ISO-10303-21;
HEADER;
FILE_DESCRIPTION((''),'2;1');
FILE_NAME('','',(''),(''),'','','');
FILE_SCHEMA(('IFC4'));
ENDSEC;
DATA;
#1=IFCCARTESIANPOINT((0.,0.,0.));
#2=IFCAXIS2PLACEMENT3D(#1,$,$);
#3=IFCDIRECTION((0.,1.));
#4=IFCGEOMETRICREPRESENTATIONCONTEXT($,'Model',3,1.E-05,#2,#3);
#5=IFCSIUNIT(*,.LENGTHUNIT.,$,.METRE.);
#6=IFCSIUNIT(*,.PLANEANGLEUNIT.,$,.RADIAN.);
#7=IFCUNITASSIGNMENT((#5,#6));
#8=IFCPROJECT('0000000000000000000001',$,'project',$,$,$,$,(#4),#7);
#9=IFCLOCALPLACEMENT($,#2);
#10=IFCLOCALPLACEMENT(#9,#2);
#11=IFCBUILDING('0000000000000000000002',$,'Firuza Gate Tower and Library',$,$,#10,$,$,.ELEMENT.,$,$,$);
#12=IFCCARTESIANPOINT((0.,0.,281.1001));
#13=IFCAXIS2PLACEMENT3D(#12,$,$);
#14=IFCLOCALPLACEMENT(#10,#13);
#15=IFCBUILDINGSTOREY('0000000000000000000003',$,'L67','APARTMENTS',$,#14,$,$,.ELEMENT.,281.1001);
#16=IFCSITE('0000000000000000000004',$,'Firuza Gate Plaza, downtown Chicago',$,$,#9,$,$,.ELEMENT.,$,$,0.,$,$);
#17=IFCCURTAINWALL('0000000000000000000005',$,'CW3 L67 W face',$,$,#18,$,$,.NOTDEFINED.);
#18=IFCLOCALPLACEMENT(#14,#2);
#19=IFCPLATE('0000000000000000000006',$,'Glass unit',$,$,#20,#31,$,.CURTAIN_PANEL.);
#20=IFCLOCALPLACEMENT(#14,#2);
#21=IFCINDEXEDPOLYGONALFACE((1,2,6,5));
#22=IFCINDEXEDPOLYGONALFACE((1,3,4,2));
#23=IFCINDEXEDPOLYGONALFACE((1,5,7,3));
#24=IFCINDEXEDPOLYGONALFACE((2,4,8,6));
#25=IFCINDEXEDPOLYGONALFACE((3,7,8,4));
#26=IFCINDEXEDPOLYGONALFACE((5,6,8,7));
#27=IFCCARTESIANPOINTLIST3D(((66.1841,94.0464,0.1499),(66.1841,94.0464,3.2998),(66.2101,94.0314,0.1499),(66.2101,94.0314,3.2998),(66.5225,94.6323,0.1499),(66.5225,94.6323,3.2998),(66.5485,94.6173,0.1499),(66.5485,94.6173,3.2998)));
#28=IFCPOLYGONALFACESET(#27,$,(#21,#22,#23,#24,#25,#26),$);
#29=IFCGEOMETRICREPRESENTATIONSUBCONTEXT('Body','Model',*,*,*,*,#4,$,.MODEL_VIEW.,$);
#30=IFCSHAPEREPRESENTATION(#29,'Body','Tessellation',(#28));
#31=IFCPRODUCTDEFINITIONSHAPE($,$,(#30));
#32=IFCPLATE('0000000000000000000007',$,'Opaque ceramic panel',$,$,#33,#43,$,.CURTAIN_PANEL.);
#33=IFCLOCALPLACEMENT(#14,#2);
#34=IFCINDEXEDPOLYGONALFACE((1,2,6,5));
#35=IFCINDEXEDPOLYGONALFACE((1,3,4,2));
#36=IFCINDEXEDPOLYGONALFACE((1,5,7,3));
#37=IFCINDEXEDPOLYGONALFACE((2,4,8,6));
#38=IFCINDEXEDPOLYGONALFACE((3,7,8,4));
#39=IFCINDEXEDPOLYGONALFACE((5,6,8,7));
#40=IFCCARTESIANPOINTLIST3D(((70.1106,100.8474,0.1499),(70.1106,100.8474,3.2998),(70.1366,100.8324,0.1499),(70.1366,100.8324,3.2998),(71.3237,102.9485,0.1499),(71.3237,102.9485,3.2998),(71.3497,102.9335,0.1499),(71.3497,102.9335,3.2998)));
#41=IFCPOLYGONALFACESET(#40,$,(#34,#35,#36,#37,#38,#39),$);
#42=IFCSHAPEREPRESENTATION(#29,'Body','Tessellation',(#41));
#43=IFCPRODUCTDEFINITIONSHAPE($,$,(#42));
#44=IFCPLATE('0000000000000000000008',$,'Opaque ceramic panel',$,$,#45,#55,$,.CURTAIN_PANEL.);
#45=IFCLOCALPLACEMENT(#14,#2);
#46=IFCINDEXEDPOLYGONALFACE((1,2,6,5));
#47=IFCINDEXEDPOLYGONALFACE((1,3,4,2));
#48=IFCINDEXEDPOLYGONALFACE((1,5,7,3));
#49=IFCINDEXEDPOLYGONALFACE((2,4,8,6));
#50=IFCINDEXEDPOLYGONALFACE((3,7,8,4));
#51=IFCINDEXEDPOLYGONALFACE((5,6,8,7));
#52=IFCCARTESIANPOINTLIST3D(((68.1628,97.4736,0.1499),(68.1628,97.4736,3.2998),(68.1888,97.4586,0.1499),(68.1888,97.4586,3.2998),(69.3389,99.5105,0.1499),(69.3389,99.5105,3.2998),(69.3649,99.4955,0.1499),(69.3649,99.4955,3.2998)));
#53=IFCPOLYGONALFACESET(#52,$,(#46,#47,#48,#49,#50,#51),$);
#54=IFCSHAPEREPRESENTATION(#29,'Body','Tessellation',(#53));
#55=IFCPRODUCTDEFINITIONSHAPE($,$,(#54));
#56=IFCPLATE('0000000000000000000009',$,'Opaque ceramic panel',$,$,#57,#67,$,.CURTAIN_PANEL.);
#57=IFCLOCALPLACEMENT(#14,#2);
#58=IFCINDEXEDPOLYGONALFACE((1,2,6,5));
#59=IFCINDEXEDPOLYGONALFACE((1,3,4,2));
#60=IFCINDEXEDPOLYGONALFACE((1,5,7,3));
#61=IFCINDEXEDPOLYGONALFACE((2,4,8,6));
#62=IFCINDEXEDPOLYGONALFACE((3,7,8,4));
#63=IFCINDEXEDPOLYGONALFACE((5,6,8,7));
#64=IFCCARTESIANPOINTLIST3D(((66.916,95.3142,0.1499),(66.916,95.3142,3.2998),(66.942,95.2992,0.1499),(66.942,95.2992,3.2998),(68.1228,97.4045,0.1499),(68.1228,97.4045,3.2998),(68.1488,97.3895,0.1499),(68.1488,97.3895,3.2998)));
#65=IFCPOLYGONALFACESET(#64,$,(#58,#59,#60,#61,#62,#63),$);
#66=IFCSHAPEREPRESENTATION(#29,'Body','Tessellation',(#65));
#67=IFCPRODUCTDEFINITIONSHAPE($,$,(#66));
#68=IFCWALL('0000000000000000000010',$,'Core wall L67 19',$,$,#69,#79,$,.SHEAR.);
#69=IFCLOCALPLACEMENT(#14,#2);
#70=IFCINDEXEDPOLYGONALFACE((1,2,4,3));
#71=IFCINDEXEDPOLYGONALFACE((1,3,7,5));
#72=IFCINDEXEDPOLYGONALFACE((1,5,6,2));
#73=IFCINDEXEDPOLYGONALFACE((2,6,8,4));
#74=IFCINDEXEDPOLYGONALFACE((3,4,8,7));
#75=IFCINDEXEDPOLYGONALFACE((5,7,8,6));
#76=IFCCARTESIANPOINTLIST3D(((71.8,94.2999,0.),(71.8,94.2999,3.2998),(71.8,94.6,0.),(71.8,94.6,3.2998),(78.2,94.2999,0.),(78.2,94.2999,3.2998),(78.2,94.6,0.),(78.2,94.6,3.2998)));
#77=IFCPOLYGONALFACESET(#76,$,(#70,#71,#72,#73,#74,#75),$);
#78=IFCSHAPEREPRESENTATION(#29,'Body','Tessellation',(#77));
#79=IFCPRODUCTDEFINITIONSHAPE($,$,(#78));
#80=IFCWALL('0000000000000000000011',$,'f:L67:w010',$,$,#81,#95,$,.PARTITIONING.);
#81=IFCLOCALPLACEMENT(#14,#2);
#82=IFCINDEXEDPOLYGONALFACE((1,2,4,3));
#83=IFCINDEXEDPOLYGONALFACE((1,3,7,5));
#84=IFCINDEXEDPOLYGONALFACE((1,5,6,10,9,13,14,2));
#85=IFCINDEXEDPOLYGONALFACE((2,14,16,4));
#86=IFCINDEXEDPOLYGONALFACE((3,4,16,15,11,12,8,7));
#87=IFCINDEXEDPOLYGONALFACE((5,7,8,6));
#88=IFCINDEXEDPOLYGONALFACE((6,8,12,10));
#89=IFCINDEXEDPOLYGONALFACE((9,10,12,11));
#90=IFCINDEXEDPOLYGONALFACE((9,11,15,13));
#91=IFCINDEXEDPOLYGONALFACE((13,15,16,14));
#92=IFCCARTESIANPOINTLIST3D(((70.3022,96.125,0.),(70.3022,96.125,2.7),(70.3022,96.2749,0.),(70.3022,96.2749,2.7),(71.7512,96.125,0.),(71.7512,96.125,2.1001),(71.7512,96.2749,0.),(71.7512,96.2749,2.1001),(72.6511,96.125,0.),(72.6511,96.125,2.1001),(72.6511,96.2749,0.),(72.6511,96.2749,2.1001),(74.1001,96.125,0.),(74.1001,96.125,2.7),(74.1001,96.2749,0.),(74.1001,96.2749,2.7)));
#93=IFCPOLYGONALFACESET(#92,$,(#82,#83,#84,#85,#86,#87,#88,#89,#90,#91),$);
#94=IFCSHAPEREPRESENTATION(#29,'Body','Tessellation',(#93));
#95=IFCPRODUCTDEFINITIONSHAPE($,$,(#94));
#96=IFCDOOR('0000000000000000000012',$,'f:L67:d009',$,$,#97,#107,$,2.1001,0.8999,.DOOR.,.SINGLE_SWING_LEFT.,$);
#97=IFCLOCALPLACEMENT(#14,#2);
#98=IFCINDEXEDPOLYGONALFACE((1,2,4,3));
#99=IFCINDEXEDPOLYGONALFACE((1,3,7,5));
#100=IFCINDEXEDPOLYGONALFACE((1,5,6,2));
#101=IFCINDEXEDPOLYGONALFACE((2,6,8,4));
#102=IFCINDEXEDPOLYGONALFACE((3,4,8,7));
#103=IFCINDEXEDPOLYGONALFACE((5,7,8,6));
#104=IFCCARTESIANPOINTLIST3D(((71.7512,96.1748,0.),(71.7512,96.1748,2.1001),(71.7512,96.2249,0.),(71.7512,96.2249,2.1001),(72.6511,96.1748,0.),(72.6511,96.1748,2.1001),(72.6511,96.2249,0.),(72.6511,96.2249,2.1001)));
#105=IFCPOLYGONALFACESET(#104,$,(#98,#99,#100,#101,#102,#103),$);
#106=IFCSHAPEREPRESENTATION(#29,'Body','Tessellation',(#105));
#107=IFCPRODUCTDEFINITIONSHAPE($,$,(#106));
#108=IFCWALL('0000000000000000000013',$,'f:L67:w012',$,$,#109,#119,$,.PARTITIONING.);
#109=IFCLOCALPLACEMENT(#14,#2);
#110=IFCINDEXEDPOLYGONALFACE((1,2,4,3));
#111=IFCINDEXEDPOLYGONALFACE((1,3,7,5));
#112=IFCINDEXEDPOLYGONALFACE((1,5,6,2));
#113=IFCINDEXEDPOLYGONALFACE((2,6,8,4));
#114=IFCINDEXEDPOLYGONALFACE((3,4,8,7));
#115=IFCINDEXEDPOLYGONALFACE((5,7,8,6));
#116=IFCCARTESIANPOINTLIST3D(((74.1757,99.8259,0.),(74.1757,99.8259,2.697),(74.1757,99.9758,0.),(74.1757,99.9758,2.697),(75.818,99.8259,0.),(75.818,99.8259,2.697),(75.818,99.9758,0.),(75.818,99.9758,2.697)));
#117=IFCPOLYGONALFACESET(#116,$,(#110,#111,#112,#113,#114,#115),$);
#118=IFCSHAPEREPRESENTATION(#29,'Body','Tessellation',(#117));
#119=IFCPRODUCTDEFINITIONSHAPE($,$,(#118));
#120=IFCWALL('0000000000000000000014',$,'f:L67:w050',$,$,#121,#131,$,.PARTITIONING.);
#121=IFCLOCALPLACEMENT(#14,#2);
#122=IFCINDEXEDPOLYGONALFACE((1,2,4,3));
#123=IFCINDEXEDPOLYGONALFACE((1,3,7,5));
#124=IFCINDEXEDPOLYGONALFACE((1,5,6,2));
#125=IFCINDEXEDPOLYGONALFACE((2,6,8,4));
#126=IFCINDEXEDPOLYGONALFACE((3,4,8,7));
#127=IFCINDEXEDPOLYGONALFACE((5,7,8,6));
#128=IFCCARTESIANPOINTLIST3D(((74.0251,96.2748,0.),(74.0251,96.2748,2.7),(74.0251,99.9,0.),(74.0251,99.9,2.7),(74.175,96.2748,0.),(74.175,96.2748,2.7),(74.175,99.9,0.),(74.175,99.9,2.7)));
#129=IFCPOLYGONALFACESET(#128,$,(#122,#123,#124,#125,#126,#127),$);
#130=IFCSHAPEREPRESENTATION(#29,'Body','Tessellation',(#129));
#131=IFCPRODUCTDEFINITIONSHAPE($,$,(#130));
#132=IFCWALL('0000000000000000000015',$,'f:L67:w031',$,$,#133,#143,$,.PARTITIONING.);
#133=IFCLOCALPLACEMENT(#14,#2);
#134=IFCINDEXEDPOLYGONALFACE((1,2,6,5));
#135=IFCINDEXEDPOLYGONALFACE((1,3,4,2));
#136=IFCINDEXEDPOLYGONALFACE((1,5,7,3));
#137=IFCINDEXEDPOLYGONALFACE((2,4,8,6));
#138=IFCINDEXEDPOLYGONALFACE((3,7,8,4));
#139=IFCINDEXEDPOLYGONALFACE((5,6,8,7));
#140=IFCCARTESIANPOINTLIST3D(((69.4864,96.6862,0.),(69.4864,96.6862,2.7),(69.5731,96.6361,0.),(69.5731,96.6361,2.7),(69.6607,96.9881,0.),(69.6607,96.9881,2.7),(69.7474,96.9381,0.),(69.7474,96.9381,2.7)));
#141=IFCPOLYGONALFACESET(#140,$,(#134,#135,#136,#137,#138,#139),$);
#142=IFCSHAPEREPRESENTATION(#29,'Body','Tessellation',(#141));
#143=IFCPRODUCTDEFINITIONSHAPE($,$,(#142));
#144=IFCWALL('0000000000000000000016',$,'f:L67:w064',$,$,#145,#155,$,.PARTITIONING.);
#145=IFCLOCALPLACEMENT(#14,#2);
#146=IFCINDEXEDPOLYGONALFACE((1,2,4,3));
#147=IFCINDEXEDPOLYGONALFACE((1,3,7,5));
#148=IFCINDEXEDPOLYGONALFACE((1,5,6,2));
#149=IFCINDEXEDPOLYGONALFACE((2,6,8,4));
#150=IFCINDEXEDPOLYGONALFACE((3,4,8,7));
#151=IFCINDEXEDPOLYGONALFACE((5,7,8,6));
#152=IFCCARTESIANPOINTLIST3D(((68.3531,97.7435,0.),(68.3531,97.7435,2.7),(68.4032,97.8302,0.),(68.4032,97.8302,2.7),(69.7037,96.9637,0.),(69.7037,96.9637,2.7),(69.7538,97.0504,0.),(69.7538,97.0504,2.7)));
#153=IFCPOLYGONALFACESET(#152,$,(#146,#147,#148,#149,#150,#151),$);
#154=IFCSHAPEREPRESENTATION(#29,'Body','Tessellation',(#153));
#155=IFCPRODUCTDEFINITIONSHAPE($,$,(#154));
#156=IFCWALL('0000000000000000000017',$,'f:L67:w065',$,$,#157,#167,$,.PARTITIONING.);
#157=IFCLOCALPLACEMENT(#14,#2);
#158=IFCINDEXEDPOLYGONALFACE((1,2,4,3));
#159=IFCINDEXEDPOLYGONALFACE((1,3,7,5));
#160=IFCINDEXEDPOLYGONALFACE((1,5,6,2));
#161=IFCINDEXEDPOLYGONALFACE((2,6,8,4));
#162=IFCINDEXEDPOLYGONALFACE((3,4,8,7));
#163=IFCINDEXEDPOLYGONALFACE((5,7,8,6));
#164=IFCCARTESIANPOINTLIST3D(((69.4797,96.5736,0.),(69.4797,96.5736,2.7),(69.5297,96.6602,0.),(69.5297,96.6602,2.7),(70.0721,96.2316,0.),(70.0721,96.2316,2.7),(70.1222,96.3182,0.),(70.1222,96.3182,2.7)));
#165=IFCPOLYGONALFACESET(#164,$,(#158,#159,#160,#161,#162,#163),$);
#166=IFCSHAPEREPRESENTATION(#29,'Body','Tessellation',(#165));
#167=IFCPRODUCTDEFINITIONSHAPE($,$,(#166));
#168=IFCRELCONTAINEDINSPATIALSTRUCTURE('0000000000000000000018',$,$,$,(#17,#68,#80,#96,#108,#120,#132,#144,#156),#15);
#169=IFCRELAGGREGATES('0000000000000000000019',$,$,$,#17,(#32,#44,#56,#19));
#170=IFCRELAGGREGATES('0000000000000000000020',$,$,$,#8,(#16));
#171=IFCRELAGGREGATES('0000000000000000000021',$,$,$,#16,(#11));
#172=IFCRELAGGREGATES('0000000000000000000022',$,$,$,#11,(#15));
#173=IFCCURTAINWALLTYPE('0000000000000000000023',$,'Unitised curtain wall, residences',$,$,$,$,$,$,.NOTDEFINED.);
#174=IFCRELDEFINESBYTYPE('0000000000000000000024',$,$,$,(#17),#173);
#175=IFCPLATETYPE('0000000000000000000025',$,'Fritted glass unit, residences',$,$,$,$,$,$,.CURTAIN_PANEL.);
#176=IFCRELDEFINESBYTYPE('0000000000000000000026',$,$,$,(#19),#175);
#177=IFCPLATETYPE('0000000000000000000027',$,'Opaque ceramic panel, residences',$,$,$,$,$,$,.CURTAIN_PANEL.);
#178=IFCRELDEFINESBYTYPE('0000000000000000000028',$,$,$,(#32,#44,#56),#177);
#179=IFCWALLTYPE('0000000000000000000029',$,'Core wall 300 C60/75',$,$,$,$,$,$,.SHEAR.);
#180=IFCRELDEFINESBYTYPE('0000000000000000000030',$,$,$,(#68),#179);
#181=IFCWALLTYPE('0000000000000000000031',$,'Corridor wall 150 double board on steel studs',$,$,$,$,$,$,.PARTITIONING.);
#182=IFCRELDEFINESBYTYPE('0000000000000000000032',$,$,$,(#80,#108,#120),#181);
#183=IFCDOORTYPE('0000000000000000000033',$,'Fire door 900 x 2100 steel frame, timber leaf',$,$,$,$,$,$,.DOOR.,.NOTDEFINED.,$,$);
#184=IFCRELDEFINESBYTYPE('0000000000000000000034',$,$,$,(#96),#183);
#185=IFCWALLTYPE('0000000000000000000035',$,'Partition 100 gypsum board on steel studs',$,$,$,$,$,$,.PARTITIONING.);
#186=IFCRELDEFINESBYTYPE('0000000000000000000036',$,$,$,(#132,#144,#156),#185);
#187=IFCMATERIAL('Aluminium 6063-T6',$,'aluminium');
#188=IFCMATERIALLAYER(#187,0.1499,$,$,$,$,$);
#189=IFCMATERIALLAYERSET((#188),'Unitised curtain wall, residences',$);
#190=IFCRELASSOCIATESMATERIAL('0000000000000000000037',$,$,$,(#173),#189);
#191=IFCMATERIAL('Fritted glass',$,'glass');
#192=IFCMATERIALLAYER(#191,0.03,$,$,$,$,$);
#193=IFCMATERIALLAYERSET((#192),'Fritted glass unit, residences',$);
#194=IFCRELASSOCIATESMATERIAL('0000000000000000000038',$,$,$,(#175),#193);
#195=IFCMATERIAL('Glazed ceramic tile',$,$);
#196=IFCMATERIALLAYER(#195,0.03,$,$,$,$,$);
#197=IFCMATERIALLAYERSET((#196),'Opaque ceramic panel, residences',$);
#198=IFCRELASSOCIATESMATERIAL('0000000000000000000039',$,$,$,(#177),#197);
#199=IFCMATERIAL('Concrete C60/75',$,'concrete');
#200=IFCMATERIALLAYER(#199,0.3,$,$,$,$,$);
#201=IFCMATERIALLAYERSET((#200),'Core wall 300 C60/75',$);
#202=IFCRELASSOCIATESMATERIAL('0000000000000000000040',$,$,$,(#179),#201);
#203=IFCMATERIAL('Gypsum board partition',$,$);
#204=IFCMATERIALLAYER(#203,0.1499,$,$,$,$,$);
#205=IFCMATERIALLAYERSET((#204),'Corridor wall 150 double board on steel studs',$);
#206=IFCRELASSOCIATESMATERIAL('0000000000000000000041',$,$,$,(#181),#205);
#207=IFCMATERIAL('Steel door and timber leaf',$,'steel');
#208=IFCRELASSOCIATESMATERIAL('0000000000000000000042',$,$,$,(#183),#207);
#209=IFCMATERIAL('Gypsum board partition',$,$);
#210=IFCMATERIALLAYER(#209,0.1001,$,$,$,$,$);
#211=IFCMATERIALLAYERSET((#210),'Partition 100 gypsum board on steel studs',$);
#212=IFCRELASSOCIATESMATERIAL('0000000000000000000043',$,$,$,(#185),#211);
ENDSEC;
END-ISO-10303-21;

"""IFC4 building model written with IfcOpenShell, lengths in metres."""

from ifc_helpers import new_model, si_unit, direction, frame, frame_2d, origin, place, context, subcontext, project, spatial, polyline, rectangle, outline, extrude, material, layer, layer_set, type_object, element, fill, aggregate, save


model = new_model("IFC4")

# Units and contexts
model_context = context("Model", 3, precision=1e-05, world=origin(), true_north=direction((0.0, 1.0)))
body_context = subcontext(model_context, "Body", "Model", "MODEL_VIEW")
ifc_project = project(units=[si_unit("LENGTHUNIT", "METRE"), si_unit("PLANEANGLEUNIT", "RADIAN")], contexts=[model_context])

# Site, building, storey
site_placement = place(None, origin())
site = spatial("IfcSite", under=ifc_project, at=site_placement, Name="Firuza Gate Plaza, downtown Chicago", CompositionType="ELEMENT", RefElevation=0.0)
building_placement = place(site_placement, origin())
building = spatial("IfcBuilding", under=site, at=building_placement, Name="Firuza Gate Tower and Library", CompositionType="ELEMENT")
storey_placement = place(building_placement, frame((0.0, 0.0, 281.1001)))
storey = spatial("IfcBuildingStorey", under=building, at=storey_placement, Name="L67", Description="APARTMENTS", CompositionType="ELEMENT", Elevation=281.1001)

# Curtain wall
ifc_material_1 = material(Name="Aluminium 6063-T6", Category="aluminium")
ifc_layer_1 = layer(ifc_material_1, 0.1499)
ifc_layer_set_1 = layer_set([ifc_layer_1], Name="Unitised curtain wall, residences")
curtain_wall_type_1 = type_object("IfcCurtainWallType", Name="Unitised curtain wall, residences", PredefinedType="NOTDEFINED", material=ifc_layer_set_1)
placement = place(storey_placement, origin())
curtain_wall_1 = element("IfcCurtainWall", 1, at=placement, inside=storey, type_object=curtain_wall_type_1, Name="CW3 L67 W face", PredefinedType="NOTDEFINED")

# Plates
ifc_material_2 = material(Name="Fritted glass", Category="glass")
ifc_layer_2 = layer(ifc_material_2, 0.03)
ifc_layer_set_2 = layer_set([ifc_layer_2], Name="Fritted glass unit, residences")
plate_type_1 = type_object("IfcPlateType", Name="Fritted glass unit, residences", PredefinedType="CURTAIN_PANEL", material=ifc_layer_set_2)
plate_1_placement = place(storey_placement, frame((66.5225, 94.6323, 0.1499), z_axis=(-0.865969, 0.500097, 0.0), x_axis=(-0.500097, -0.865969, 0.0)))
plate_1 = element("IfcPlate", 2, at=plate_1_placement, type_object=plate_type_1, Name="Glass unit", PredefinedType="CURTAIN_PANEL", context=body_context, shape_type="SweptSolid", body=[
    extrude(outline(polyline([(0.0, 0.0), (0.6766, 0.0), (0.6766, 3.1499), (0.0, 3.1499), (0.0, 0.0)])), origin(), (0.0, 0.0, -1.0), 0.03),
])
ifc_material_3 = material(Name="Glazed ceramic tile")
ifc_layer_3 = layer(ifc_material_3, 0.03)
ifc_layer_set_3 = layer_set([ifc_layer_3], Name="Opaque ceramic panel, residences")
plate_type_2 = type_object("IfcPlateType", Name="Opaque ceramic panel, residences", PredefinedType="CURTAIN_PANEL", material=ifc_layer_set_3)
plate_2_placement = place(storey_placement, frame((71.3237, 102.9485, 0.1499), z_axis=(-0.866011, 0.500024, 0.0), x_axis=(-0.500024, -0.866011, 0.0)))
plate_2 = element("IfcPlate", 3, at=plate_2_placement, type_object=plate_type_2, Name="Opaque ceramic panel", PredefinedType="CURTAIN_PANEL", context=body_context, shape_type="SweptSolid", body=[
    extrude(outline(polyline([(0.0, 0.0), (2.4262, 0.0), (2.4262, 3.1499), (0.0, 3.1499), (0.0, 0.0)])), origin(), (0.0, 0.0, -1.0), 0.03),
])
plate_3_placement = place(storey_placement, frame((69.3389, 99.5105, 0.1499), z_axis=(-0.866018, 0.500013, 0.0), x_axis=(-0.500013, -0.866018, 0.0)))
plate_3 = element("IfcPlate", 4, at=plate_3_placement, type_object=plate_type_2, Name="Opaque ceramic panel", PredefinedType="CURTAIN_PANEL", context=body_context, shape_type="SweptSolid", body=[
    extrude(outline(polyline([(0.0, 0.0), (2.352, 0.0), (2.352, 3.1499), (0.0, 3.1499), (0.0, 0.0)])), origin(), (0.0, 0.0, -1.0), 0.03),
])
plate_4_placement = place(storey_placement, frame((68.1228, 97.4045, 0.1499), z_axis=(-0.866037, 0.499979, 0.0), x_axis=(-0.499979, -0.866037, 0.0)))
plate_4 = element("IfcPlate", 5, at=plate_4_placement, type_object=plate_type_2, Name="Opaque ceramic panel", PredefinedType="CURTAIN_PANEL", context=body_context, shape_type="SweptSolid", body=[
    extrude(outline(polyline([(0.0, 0.0), (2.4137, 0.0), (2.4137, 3.1499), (0.0, 3.1499), (0.0, 0.0)])), origin(), (0.0, 0.0, -1.0), 0.03),
])
aggregate(curtain_wall_1, [plate_2, plate_3, plate_4, plate_1])

# Wall
ifc_material_4 = material(Name="Concrete C60/75", Category="concrete")
ifc_layer_4 = layer(ifc_material_4, 0.3)
ifc_layer_set_4 = layer_set([ifc_layer_4], Name="Core wall 300 C60/75")
wall_type_1 = type_object("IfcWallType", Name="Core wall 300 C60/75", PredefinedType="SHEAR", material=ifc_layer_set_4)
wall_1_placement = place(storey_placement, frame((71.8, 94.45, 0.0), z_axis=(0.0, 0.0, 1.0), x_axis=(1.0, 0.0, 0.0)))
element("IfcWall", 6, at=wall_1_placement, inside=storey, type_object=wall_type_1, Name="Core wall L67 19", PredefinedType="SHEAR", context=body_context, shape_type="SweptSolid", body=[
    extrude(rectangle(XDim=6.3999, YDim=0.3, at=frame_2d((3.2, 0.0))), origin(), (0.0, 0.0, 1.0), 3.2998),
])

# Wall, opening, door
ifc_material_5 = material(Name="Gypsum board partition")
ifc_layer_5 = layer(ifc_material_5, 0.1499)
ifc_layer_set_5 = layer_set([ifc_layer_5], Name="Corridor wall 150 double board on steel studs")
wall_type_2 = type_object("IfcWallType", Name="Corridor wall 150 double board on steel studs", PredefinedType="PARTITIONING", material=ifc_layer_set_5)
wall_2_placement = place(storey_placement, frame((70.3022, 96.2, 0.0), z_axis=(0.0, 0.0, 1.0), x_axis=(1.0, 0.0, 0.0)))
wall_2 = element("IfcWall", 7, at=wall_2_placement, inside=storey, type_object=wall_type_2, Name="f:L67:w010", PredefinedType="PARTITIONING", context=body_context, shape_type="SweptSolid", body=[
    extrude(rectangle(XDim=3.7979, YDim=0.1499, at=frame_2d((1.8989, 0.0))), origin(), (0.0, 0.0, 1.0), 2.7),
])
opening_placement = place(wall_2_placement, frame((1.449, 0.0, 0.0)))
opening = element("IfcOpeningElement", 8, at=opening_placement, cuts=wall_2, PredefinedType="OPENING", context=body_context, shape_type="SweptSolid", body=[
    extrude(rectangle(XDim=0.8999, YDim=2.1001, at=frame_2d((0.45, 1.05))), frame((0.0, 0.085, 0.0), z_axis=(0.0, -1.0, 0.0), x_axis=(1.0, 0.0, 0.0)), (0.0, 0.0, 1.0), 0.1699),
])
ifc_material_6 = material(Name="Steel door and timber leaf", Category="steel")
door_type = type_object("IfcDoorType", Name="Fire door 900 x 2100 steel frame, timber leaf", OperationType="NOTDEFINED", PredefinedType="DOOR", material=ifc_material_6)
door_placement = place(opening_placement, origin())
door = element("IfcDoor", 9, at=door_placement, inside=storey, type_object=door_type, Name="f:L67:d009", OperationType="SINGLE_SWING_LEFT", OverallHeight=2.1001, OverallWidth=0.8999, PredefinedType="DOOR", context=body_context, shape_type="SweptSolid", body=[
    extrude(rectangle(XDim=0.8999, YDim=2.1001, at=frame_2d((0.45, 1.05))), frame((0.0, 0.0249, 0.0), z_axis=(0.0, -1.0, 0.0), x_axis=(1.0, 0.0, 0.0)), (0.0, 0.0, 1.0), 0.05),
])
fill(opening, door)

# Walls
wall_3_placement = place(storey_placement, frame((74.1755, 99.9009, 0.0), z_axis=(0.0, 0.0, 1.0), x_axis=(1.0, 0.0, 0.0)))
element("IfcWall", 10, at=wall_3_placement, inside=storey, type_object=wall_type_2, Name="f:L67:w012", PredefinedType="PARTITIONING", context=body_context, shape_type="SweptSolid", body=[
    extrude(rectangle(XDim=1.6423, YDim=0.1499, at=frame_2d((0.8213, 0.0))), origin(), (0.0, 0.0, 1.0), 2.697),
])
wall_4_placement = place(storey_placement, frame((74.1001, 96.2749, 0.0), z_axis=(0.0, 0.0, 1.0), x_axis=(0.0, 1.0, 0.0)))
element("IfcWall", 11, at=wall_4_placement, inside=storey, type_object=wall_type_2, Name="f:L67:w050", PredefinedType="PARTITIONING", context=body_context, shape_type="SweptSolid", body=[
    extrude(rectangle(XDim=3.6252, YDim=0.1499, at=frame_2d((1.8125, 0.0))), origin(), (0.0, 0.0, 1.0), 2.7),
])
ifc_material_7 = material(Name="Gypsum board partition")
ifc_layer_6 = layer(ifc_material_7, 0.1001)
ifc_layer_set_6 = layer_set([ifc_layer_6], Name="Partition 100 gypsum board on steel studs")
wall_type_3 = type_object("IfcWallType", Name="Partition 100 gypsum board on steel studs", PredefinedType="PARTITIONING", material=ifc_layer_set_6)
wall_5_placement = place(storey_placement, frame((69.5298, 96.6611, 0.0), z_axis=(0.0, 0.0, 1.0), x_axis=(0.499904, 0.866081, 0.0)))
element("IfcWall", 12, at=wall_5_placement, inside=storey, type_object=wall_type_3, Name="f:L67:w031", PredefinedType="PARTITIONING", context=body_context, shape_type="SweptSolid", body=[
    extrude(rectangle(XDim=0.3486, YDim=0.1001, at=frame_2d((0.1743, 0.0))), origin(), (0.0, 0.0, 1.0), 2.7),
])
wall_6_placement = place(storey_placement, frame((69.7288, 97.0071, 0.0), z_axis=(0.0, 0.0, 1.0), x_axis=(-0.866019, 0.500012, 0.0)))
element("IfcWall", 13, at=wall_6_placement, inside=storey, type_object=wall_type_3, Name="f:L67:w064", PredefinedType="PARTITIONING", context=body_context, shape_type="SweptSolid", body=[
    extrude(rectangle(XDim=1.5596, YDim=0.1001, at=frame_2d((0.7798, 0.0))), origin(), (0.0, 0.0, 1.0), 2.7),
])
wall_7_placement = place(storey_placement, frame((70.0972, 96.2749, 0.0), z_axis=(0.0, 0.0, 1.0), x_axis=(-0.866061, 0.499939, 0.0)))
element("IfcWall", 14, at=wall_7_placement, inside=storey, type_object=wall_type_3, Name="f:L67:w065", PredefinedType="PARTITIONING", context=body_context, shape_type="SweptSolid", body=[
    extrude(rectangle(XDim=0.6841, YDim=0.1001, at=frame_2d((0.342, 0.0))), origin(), (0.0, 0.0, 1.0), 2.7),
])

save(model, "model.ifc")
